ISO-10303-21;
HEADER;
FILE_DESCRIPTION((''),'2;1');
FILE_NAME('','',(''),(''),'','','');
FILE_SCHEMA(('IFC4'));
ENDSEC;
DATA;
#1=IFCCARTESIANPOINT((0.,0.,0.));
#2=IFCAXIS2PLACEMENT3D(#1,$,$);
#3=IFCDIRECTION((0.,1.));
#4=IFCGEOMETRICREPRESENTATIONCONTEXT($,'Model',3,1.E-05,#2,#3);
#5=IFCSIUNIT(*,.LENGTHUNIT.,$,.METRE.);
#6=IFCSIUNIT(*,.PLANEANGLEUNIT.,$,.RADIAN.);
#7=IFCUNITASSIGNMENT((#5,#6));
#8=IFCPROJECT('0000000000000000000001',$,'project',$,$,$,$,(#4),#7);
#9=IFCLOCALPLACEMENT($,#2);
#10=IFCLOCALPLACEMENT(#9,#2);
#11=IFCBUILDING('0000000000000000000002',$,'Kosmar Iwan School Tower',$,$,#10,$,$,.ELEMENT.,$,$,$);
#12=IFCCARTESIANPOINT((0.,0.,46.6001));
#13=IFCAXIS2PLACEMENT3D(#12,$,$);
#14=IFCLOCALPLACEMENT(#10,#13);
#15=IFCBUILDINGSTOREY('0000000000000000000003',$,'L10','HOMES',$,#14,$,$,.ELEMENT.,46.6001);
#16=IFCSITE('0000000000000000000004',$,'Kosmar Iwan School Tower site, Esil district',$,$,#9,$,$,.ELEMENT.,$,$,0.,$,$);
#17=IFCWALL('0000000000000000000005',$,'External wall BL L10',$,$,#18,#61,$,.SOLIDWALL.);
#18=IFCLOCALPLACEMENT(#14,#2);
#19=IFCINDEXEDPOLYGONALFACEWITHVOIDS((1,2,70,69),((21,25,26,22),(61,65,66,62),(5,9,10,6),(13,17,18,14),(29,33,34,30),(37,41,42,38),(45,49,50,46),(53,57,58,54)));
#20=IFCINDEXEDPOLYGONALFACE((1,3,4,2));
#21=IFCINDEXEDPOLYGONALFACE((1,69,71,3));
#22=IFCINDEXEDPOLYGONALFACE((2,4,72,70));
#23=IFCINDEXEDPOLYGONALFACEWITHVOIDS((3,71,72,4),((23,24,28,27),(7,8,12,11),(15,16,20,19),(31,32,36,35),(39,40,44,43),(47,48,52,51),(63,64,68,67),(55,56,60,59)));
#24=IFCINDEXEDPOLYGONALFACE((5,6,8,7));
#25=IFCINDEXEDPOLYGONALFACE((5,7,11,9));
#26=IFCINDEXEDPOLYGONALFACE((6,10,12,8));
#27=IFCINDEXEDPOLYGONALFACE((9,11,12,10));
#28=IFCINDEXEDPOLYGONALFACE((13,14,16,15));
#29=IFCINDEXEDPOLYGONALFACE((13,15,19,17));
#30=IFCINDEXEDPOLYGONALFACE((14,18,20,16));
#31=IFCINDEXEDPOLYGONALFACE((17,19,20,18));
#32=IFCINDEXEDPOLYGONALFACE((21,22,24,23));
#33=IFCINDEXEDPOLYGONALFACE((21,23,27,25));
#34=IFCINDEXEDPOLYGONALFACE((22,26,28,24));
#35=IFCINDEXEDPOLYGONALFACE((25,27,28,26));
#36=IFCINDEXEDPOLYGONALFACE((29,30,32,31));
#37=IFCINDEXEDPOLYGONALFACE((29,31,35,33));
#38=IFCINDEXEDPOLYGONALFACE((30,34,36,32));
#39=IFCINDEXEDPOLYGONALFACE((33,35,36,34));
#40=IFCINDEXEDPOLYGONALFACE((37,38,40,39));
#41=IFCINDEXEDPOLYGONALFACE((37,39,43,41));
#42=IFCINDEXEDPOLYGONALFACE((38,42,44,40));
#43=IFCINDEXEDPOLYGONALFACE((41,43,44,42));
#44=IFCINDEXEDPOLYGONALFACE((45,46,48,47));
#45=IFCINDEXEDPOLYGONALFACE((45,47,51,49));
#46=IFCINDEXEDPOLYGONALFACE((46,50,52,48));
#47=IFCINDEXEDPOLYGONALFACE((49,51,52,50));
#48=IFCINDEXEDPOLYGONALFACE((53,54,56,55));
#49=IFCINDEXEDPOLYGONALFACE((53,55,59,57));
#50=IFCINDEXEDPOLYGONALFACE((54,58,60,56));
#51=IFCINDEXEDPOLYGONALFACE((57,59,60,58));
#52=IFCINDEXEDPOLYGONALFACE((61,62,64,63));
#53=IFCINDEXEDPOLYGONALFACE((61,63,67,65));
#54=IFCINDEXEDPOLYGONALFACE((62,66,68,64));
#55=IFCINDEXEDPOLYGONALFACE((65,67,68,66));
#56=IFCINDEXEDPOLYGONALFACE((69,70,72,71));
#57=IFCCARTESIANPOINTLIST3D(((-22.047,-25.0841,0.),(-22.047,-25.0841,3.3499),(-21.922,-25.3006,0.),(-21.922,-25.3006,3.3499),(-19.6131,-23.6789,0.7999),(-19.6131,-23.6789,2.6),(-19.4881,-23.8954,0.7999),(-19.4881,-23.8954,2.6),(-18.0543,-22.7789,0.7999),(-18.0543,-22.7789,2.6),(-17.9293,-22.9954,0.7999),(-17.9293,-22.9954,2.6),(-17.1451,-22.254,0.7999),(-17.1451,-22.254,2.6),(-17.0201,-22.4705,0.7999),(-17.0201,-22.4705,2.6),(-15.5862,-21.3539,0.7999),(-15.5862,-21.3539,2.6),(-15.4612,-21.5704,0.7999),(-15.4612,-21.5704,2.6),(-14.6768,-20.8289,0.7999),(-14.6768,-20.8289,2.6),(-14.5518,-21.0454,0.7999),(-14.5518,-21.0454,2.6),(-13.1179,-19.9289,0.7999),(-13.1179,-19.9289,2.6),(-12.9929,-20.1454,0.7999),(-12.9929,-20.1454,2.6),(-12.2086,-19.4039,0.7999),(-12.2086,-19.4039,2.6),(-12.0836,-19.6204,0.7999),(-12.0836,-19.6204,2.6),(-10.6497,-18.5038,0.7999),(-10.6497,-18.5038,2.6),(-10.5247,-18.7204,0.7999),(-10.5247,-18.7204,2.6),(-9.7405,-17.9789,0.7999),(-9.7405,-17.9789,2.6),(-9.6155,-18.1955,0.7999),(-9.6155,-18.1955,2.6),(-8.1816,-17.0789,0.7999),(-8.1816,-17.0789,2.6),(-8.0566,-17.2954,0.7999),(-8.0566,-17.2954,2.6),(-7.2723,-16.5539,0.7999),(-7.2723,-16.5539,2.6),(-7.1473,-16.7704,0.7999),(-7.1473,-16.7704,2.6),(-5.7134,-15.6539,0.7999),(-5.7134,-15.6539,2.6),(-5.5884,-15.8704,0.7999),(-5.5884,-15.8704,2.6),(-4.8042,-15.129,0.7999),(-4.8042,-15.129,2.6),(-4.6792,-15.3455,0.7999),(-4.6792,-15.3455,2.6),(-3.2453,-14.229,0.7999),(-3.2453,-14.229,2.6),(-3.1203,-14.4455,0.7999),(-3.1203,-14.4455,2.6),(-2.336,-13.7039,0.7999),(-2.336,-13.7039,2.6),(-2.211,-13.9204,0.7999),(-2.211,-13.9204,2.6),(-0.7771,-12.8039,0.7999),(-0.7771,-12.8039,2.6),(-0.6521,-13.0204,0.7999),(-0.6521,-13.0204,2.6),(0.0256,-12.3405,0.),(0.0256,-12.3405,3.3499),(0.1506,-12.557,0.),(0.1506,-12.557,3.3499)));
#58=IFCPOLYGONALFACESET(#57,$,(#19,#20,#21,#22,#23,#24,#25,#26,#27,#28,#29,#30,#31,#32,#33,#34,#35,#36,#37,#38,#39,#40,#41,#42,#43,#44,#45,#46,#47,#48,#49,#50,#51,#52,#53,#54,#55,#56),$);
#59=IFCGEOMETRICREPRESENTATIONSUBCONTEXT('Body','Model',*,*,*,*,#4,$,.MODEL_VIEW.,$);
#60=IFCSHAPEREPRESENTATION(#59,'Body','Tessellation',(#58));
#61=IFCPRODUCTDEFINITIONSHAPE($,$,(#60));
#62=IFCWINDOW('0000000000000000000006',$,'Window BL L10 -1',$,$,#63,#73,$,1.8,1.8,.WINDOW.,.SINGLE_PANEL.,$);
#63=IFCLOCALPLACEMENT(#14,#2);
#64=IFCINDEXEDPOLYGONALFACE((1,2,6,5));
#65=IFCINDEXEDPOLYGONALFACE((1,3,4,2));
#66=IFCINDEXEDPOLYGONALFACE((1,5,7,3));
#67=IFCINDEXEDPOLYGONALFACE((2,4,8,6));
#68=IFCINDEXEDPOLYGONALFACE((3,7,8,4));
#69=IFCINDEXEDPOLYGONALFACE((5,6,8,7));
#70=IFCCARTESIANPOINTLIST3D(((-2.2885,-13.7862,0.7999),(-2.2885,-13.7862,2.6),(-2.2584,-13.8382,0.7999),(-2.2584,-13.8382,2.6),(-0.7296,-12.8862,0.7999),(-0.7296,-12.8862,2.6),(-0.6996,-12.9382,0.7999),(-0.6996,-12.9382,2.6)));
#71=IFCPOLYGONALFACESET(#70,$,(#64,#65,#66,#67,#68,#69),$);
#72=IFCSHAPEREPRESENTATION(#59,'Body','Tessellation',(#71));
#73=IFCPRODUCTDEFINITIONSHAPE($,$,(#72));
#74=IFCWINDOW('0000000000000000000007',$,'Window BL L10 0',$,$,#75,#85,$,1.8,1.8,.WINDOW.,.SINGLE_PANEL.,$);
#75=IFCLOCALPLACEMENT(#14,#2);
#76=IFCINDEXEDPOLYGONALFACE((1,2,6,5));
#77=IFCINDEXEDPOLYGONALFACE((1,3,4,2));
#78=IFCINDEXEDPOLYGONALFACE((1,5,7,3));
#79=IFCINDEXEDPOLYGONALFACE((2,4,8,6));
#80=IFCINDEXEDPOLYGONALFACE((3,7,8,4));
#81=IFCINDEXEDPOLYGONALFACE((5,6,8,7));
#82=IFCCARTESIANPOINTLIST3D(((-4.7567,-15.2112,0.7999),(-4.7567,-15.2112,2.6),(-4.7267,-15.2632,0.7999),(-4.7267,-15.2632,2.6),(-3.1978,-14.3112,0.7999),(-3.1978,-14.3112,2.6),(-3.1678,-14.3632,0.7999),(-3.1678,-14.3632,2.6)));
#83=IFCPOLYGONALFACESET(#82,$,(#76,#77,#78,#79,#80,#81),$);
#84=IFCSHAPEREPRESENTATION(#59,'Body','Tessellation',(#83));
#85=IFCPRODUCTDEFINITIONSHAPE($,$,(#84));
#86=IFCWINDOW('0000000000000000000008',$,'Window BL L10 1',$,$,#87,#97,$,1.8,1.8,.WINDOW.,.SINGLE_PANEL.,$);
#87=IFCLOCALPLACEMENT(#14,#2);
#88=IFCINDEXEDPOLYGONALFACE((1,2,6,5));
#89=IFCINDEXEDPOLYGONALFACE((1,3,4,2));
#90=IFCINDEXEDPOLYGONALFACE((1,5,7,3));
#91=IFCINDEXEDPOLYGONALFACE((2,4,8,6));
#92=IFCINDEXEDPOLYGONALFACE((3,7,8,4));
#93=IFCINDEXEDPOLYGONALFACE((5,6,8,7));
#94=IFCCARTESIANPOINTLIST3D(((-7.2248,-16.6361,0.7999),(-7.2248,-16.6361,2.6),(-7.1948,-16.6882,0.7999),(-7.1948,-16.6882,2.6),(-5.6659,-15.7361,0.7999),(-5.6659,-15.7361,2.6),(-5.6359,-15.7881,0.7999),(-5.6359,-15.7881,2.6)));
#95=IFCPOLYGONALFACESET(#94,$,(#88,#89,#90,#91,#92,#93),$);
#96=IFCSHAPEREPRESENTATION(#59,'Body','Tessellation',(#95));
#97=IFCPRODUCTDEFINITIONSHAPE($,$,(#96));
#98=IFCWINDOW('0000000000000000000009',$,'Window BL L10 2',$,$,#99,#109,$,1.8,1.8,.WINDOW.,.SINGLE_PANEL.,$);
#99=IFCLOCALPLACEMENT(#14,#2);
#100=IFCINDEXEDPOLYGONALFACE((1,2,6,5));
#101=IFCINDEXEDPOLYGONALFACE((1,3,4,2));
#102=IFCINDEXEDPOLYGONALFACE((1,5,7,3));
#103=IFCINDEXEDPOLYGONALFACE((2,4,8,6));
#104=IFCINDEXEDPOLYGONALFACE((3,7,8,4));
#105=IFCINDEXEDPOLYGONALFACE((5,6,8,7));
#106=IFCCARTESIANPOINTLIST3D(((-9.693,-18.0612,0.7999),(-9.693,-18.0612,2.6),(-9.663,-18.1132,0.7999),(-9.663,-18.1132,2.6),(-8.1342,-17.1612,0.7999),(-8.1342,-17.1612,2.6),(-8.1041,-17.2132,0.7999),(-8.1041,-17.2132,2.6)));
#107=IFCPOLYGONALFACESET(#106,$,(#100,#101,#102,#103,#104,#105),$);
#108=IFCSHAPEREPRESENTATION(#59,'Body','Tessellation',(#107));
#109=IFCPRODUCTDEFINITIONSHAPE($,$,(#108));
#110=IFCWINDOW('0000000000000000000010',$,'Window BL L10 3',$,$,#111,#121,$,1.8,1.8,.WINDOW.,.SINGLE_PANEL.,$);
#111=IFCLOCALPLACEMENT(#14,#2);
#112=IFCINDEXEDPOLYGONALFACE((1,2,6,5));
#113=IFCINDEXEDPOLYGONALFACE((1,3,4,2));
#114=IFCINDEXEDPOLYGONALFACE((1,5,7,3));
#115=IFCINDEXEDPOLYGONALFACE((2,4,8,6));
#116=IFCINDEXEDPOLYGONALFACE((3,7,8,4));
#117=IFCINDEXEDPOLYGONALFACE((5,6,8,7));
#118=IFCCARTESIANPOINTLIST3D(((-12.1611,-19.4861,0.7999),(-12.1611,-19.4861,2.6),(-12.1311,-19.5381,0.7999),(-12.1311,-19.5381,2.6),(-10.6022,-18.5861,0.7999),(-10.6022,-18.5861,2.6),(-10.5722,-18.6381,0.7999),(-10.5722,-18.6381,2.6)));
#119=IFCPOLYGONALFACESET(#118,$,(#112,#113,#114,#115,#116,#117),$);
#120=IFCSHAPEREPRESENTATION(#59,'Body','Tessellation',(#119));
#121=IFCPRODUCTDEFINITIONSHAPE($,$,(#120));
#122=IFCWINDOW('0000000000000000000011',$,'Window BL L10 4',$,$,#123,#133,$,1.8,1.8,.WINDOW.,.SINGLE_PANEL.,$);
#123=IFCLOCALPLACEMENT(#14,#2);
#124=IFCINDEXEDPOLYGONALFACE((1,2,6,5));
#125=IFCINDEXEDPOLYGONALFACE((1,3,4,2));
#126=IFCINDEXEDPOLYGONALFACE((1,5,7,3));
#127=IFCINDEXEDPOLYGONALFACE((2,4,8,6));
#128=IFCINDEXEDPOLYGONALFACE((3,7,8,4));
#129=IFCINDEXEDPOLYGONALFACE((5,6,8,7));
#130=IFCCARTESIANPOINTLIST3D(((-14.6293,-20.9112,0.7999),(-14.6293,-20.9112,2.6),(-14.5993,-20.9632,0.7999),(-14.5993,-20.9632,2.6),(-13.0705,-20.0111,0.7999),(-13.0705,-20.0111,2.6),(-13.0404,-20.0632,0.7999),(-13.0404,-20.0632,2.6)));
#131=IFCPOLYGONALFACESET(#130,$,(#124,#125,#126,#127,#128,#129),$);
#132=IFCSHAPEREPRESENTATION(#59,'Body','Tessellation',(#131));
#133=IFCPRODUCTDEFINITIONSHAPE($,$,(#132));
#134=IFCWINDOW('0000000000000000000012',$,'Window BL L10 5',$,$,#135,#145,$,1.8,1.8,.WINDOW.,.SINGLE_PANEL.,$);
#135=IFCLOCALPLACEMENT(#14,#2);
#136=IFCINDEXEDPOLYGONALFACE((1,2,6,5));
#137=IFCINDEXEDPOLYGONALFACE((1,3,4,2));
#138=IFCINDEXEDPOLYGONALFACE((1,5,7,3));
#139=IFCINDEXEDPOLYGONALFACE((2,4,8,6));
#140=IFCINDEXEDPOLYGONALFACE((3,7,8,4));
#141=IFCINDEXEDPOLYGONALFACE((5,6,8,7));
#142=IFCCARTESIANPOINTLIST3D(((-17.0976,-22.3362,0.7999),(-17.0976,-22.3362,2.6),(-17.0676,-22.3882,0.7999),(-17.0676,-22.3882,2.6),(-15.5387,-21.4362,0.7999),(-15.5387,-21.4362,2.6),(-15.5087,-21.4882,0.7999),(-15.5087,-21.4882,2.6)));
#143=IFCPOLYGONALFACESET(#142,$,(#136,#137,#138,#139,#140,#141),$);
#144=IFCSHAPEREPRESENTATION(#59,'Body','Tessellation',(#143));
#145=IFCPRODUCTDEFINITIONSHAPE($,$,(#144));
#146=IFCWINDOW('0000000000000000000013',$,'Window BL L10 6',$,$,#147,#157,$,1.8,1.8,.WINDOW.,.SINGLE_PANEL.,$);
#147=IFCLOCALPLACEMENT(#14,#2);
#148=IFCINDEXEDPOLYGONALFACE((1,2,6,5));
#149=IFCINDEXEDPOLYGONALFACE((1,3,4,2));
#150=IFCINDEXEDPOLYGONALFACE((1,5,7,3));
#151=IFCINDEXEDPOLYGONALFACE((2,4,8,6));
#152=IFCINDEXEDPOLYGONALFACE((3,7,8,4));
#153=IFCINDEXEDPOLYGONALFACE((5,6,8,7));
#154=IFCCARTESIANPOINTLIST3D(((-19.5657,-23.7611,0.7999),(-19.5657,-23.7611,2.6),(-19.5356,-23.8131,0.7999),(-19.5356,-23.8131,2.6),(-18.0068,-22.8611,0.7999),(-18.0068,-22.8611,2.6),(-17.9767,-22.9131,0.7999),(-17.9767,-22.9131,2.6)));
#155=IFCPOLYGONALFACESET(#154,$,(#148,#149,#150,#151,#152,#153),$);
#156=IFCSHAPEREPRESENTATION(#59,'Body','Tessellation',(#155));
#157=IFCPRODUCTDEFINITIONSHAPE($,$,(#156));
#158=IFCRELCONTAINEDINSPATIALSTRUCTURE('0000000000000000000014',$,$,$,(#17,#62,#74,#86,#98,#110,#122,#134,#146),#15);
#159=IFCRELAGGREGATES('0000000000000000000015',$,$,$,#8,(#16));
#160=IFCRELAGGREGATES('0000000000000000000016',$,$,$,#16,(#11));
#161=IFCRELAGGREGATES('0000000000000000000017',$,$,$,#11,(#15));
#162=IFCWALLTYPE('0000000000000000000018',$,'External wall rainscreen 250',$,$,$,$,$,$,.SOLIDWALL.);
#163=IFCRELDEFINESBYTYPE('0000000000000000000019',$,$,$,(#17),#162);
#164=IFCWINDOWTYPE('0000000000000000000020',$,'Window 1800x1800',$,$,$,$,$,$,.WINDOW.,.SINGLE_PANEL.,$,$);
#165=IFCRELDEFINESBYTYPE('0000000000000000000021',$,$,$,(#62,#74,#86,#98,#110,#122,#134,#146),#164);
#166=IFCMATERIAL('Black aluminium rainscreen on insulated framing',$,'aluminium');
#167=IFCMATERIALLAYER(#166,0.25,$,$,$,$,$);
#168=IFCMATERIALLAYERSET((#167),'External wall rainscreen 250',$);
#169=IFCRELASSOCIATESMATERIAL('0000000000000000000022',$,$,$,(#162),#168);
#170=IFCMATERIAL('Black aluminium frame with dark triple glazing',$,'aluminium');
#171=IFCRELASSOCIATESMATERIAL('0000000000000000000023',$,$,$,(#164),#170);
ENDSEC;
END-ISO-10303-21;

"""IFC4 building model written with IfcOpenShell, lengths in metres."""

from ifc_helpers import new_model, si_unit, direction, frame, frame_2d, origin, place, context, subcontext, project, spatial, rectangle, extrude, material, layer, layer_set, type_object, element, fill, save


model = new_model("IFC4")

# Units and contexts
model_context = context("Model", 3, precision=1e-05, world=origin(), true_north=direction((0.0, 1.0)))
body_context = subcontext(model_context, "Body", "Model", "MODEL_VIEW")
ifc_project = project(units=[si_unit("LENGTHUNIT", "METRE"), si_unit("PLANEANGLEUNIT", "RADIAN")], contexts=[model_context])

# Site, building, storey
site_placement = place(None, origin())
site = spatial("IfcSite", under=ifc_project, at=site_placement, Name="Kosmar Iwan School Tower site, Esil district", CompositionType="ELEMENT", RefElevation=0.0)
building_placement = place(site_placement, origin())
building = spatial("IfcBuilding", under=site, at=building_placement, Name="Kosmar Iwan School Tower", CompositionType="ELEMENT")
storey_placement = place(building_placement, frame((0.0, 0.0, 46.6001)))
storey = spatial("IfcBuildingStorey", under=building, at=storey_placement, Name="L10", Description="HOMES", CompositionType="ELEMENT", Elevation=46.6001)

# Wall, openings, windows
ifc_material_1 = material(Name="Black aluminium rainscreen on insulated framing", Category="aluminium")
ifc_layer = layer(ifc_material_1, 0.25)
ifc_layer_set = layer_set([ifc_layer], Name="External wall rainscreen 250")
wall_type = type_object("IfcWallType", Name="External wall rainscreen 250", PredefinedType="SOLIDWALL", material=ifc_layer_set)
wall_1_placement = place(storey_placement, frame((0.0881, -12.4487, 0.0), z_axis=(0.0, 0.0, 1.0), x_axis=(-0.866026, -0.499998, 0.0)))
wall_1 = element("IfcWall", 1, at=wall_1_placement, inside=storey, type_object=wall_type, Name="External wall BL L10", PredefinedType="SOLIDWALL", context=body_context, shape_type="SweptSolid", body=[
    extrude(rectangle(XDim=25.4873, YDim=0.25, at=frame_2d((12.7437, 0.0))), origin(), (0.0, 0.0, 1.0), 3.3499),
])
opening_1_placement = place(wall_1_placement, frame((0.927, 0.0, 0.8)))
opening_1 = element("IfcOpeningElement", 2, at=opening_1_placement, cuts=wall_1, PredefinedType="OPENING", context=body_context, shape_type="SweptSolid", body=[
    extrude(rectangle(XDim=1.8, YDim=1.8, at=frame_2d((0.8999, 0.8999))), frame((0.0, 0.137, 0.0), z_axis=(0.0, -1.0, 0.0), x_axis=(1.0, 0.0, 0.0)), (0.0, 0.0, 1.0), 0.2739),
])
opening_2_placement = place(wall_1_placement, frame((3.7771, 0.0, 0.8)))
opening_2 = element("IfcOpeningElement", 3, at=opening_2_placement, cuts=wall_1, PredefinedType="OPENING", context=body_context, shape_type="SweptSolid", body=[
    extrude(rectangle(XDim=1.8, YDim=1.8, at=frame_2d((0.8999, 0.8999))), frame((0.0, 0.137, 0.0), z_axis=(0.0, -1.0, 0.0), x_axis=(1.0, 0.0, 0.0)), (0.0, 0.0, 1.0), 0.2739),
])
opening_3_placement = place(wall_1_placement, frame((6.627, 0.0, 0.8)))
opening_3 = element("IfcOpeningElement", 4, at=opening_3_placement, cuts=wall_1, PredefinedType="OPENING", context=body_context, shape_type="SweptSolid", body=[
    extrude(rectangle(XDim=1.8, YDim=1.8, at=frame_2d((0.8999, 0.8999))), frame((0.0, 0.137, 0.0), z_axis=(0.0, -1.0, 0.0), x_axis=(1.0, 0.0, 0.0)), (0.0, 0.0, 1.0), 0.2739),
])
opening_4_placement = place(wall_1_placement, frame((9.4771, 0.0, 0.8)))
opening_4 = element("IfcOpeningElement", 5, at=opening_4_placement, cuts=wall_1, PredefinedType="OPENING", context=body_context, shape_type="SweptSolid", body=[
    extrude(rectangle(XDim=1.8, YDim=1.8, at=frame_2d((0.8999, 0.8999))), frame((0.0, 0.137, 0.0), z_axis=(0.0, -1.0, 0.0), x_axis=(1.0, 0.0, 0.0)), (0.0, 0.0, 1.0), 0.2739),
])
opening_5_placement = place(wall_1_placement, frame((12.3269, 0.0, 0.8)))
opening_5 = element("IfcOpeningElement", 6, at=opening_5_placement, cuts=wall_1, PredefinedType="OPENING", context=body_context, shape_type="SweptSolid", body=[
    extrude(rectangle(XDim=1.8, YDim=1.8, at=frame_2d((0.8999, 0.8999))), frame((0.0, 0.137, 0.0), z_axis=(0.0, -1.0, 0.0), x_axis=(1.0, 0.0, 0.0)), (0.0, 0.0, 1.0), 0.2739),
])
opening_6_placement = place(wall_1_placement, frame((15.177, 0.0, 0.8)))
opening_6 = element("IfcOpeningElement", 7, at=opening_6_placement, cuts=wall_1, PredefinedType="OPENING", context=body_context, shape_type="SweptSolid", body=[
    extrude(rectangle(XDim=1.8, YDim=1.8, at=frame_2d((0.8999, 0.8999))), frame((0.0, 0.137, 0.0), z_axis=(0.0, -1.0, 0.0), x_axis=(1.0, 0.0, 0.0)), (0.0, 0.0, 1.0), 0.2739),
])
opening_7_placement = place(wall_1_placement, frame((18.0271, 0.0, 0.8)))
opening_7 = element("IfcOpeningElement", 8, at=opening_7_placement, cuts=wall_1, PredefinedType="OPENING", context=body_context, shape_type="SweptSolid", body=[
    extrude(rectangle(XDim=1.8, YDim=1.8, at=frame_2d((0.8999, 0.8999))), frame((0.0, 0.137, 0.0), z_axis=(0.0, -1.0, 0.0), x_axis=(1.0, 0.0, 0.0)), (0.0, 0.0, 1.0), 0.2739),
])
opening_8_placement = place(wall_1_placement, frame((20.877, 0.0, 0.8)))
opening_8 = element("IfcOpeningElement", 9, at=opening_8_placement, cuts=wall_1, PredefinedType="OPENING", context=body_context, shape_type="SweptSolid", body=[
    extrude(rectangle(XDim=1.8, YDim=1.8, at=frame_2d((0.8999, 0.8999))), frame((0.0, 0.137, 0.0), z_axis=(0.0, -1.0, 0.0), x_axis=(1.0, 0.0, 0.0)), (0.0, 0.0, 1.0), 0.2739),
])
ifc_material_2 = material(Name="Black aluminium frame with dark triple glazing", Category="aluminium")
window_type = type_object("IfcWindowType", Name="Window 1800x1800", PartitioningType="SINGLE_PANEL", PredefinedType="WINDOW", material=ifc_material_2)
window_1_placement = place(opening_1_placement, origin())
window_1 = element("IfcWindow", 10, at=window_1_placement, inside=storey, type_object=window_type, Name="Window BL L10 -1", OverallHeight=1.8, OverallWidth=1.8, PartitioningType="SINGLE_PANEL", PredefinedType="WINDOW", context=body_context, shape_type="SweptSolid", body=[
    extrude(rectangle(XDim=1.8, YDim=1.8, at=frame_2d((0.8999, 0.8999))), frame((0.0, 0.03, 0.0), z_axis=(0.0, -1.0, 0.0), x_axis=(1.0, 0.0, 0.0)), (0.0, 0.0, 1.0), 0.0601),
])
fill(opening_1, window_1)
window_2_placement = place(opening_2_placement, origin())
window_2 = element("IfcWindow", 11, at=window_2_placement, inside=storey, type_object=window_type, Name="Window BL L10 0", OverallHeight=1.8, OverallWidth=1.8, PartitioningType="SINGLE_PANEL", PredefinedType="WINDOW", context=body_context, shape_type="SweptSolid", body=[
    extrude(rectangle(XDim=1.8, YDim=1.8, at=frame_2d((0.8999, 0.8999))), frame((0.0, 0.03, 0.0), z_axis=(0.0, -1.0, 0.0), x_axis=(1.0, 0.0, 0.0)), (0.0, 0.0, 1.0), 0.0601),
])
fill(opening_2, window_2)
window_3_placement = place(opening_3_placement, origin())
window_3 = element("IfcWindow", 12, at=window_3_placement, inside=storey, type_object=window_type, Name="Window BL L10 1", OverallHeight=1.8, OverallWidth=1.8, PartitioningType="SINGLE_PANEL", PredefinedType="WINDOW", context=body_context, shape_type="SweptSolid", body=[
    extrude(rectangle(XDim=1.8, YDim=1.8, at=frame_2d((0.8999, 0.8999))), frame((0.0, 0.03, 0.0), z_axis=(0.0, -1.0, 0.0), x_axis=(1.0, 0.0, 0.0)), (0.0, 0.0, 1.0), 0.0601),
])
fill(opening_3, window_3)
window_4_placement = place(opening_4_placement, origin())
window_4 = element("IfcWindow", 13, at=window_4_placement, inside=storey, type_object=window_type, Name="Window BL L10 2", OverallHeight=1.8, OverallWidth=1.8, PartitioningType="SINGLE_PANEL", PredefinedType="WINDOW", context=body_context, shape_type="SweptSolid", body=[
    extrude(rectangle(XDim=1.8, YDim=1.8, at=frame_2d((0.8999, 0.8999))), frame((0.0, 0.03, 0.0), z_axis=(0.0, -1.0, 0.0), x_axis=(1.0, 0.0, 0.0)), (0.0, 0.0, 1.0), 0.0601),
])
fill(opening_4, window_4)
window_5_placement = place(opening_5_placement, origin())
window_5 = element("IfcWindow", 14, at=window_5_placement, inside=storey, type_object=window_type, Name="Window BL L10 3", OverallHeight=1.8, OverallWidth=1.8, PartitioningType="SINGLE_PANEL", PredefinedType="WINDOW", context=body_context, shape_type="SweptSolid", body=[
    extrude(rectangle(XDim=1.8, YDim=1.8, at=frame_2d((0.8999, 0.8999))), frame((0.0, 0.03, 0.0), z_axis=(0.0, -1.0, 0.0), x_axis=(1.0, 0.0, 0.0)), (0.0, 0.0, 1.0), 0.0601),
])
fill(opening_5, window_5)
window_6_placement = place(opening_6_placement, origin())
window_6 = element("IfcWindow", 15, at=window_6_placement, inside=storey, type_object=window_type, Name="Window BL L10 4", OverallHeight=1.8, OverallWidth=1.8, PartitioningType="SINGLE_PANEL", PredefinedType="WINDOW", context=body_context, shape_type="SweptSolid", body=[
    extrude(rectangle(XDim=1.8, YDim=1.8, at=frame_2d((0.8999, 0.8999))), frame((0.0, 0.03, 0.0), z_axis=(0.0, -1.0, 0.0), x_axis=(1.0, 0.0, 0.0)), (0.0, 0.0, 1.0), 0.0601),
])
fill(opening_6, window_6)
window_7_placement = place(opening_7_placement, origin())
window_7 = element("IfcWindow", 16, at=window_7_placement, inside=storey, type_object=window_type, Name="Window BL L10 5", OverallHeight=1.8, OverallWidth=1.8, PartitioningType="SINGLE_PANEL", PredefinedType="WINDOW", context=body_context, shape_type="SweptSolid", body=[
    extrude(rectangle(XDim=1.8, YDim=1.8, at=frame_2d((0.8999, 0.8999))), frame((0.0, 0.03, 0.0), z_axis=(0.0, -1.0, 0.0), x_axis=(1.0, 0.0, 0.0)), (0.0, 0.0, 1.0), 0.0601),
])
fill(opening_7, window_7)
window_8_placement = place(opening_8_placement, origin())
window_8 = element("IfcWindow", 17, at=window_8_placement, inside=storey, type_object=window_type, Name="Window BL L10 6", OverallHeight=1.8, OverallWidth=1.8, PartitioningType="SINGLE_PANEL", PredefinedType="WINDOW", context=body_context, shape_type="SweptSolid", body=[
    extrude(rectangle(XDim=1.8, YDim=1.8, at=frame_2d((0.8999, 0.8999))), frame((0.0, 0.03, 0.0), z_axis=(0.0, -1.0, 0.0), x_axis=(1.0, 0.0, 0.0)), (0.0, 0.0, 1.0), 0.0601),
])
fill(opening_8, window_8)

save(model, "model.ifc")
